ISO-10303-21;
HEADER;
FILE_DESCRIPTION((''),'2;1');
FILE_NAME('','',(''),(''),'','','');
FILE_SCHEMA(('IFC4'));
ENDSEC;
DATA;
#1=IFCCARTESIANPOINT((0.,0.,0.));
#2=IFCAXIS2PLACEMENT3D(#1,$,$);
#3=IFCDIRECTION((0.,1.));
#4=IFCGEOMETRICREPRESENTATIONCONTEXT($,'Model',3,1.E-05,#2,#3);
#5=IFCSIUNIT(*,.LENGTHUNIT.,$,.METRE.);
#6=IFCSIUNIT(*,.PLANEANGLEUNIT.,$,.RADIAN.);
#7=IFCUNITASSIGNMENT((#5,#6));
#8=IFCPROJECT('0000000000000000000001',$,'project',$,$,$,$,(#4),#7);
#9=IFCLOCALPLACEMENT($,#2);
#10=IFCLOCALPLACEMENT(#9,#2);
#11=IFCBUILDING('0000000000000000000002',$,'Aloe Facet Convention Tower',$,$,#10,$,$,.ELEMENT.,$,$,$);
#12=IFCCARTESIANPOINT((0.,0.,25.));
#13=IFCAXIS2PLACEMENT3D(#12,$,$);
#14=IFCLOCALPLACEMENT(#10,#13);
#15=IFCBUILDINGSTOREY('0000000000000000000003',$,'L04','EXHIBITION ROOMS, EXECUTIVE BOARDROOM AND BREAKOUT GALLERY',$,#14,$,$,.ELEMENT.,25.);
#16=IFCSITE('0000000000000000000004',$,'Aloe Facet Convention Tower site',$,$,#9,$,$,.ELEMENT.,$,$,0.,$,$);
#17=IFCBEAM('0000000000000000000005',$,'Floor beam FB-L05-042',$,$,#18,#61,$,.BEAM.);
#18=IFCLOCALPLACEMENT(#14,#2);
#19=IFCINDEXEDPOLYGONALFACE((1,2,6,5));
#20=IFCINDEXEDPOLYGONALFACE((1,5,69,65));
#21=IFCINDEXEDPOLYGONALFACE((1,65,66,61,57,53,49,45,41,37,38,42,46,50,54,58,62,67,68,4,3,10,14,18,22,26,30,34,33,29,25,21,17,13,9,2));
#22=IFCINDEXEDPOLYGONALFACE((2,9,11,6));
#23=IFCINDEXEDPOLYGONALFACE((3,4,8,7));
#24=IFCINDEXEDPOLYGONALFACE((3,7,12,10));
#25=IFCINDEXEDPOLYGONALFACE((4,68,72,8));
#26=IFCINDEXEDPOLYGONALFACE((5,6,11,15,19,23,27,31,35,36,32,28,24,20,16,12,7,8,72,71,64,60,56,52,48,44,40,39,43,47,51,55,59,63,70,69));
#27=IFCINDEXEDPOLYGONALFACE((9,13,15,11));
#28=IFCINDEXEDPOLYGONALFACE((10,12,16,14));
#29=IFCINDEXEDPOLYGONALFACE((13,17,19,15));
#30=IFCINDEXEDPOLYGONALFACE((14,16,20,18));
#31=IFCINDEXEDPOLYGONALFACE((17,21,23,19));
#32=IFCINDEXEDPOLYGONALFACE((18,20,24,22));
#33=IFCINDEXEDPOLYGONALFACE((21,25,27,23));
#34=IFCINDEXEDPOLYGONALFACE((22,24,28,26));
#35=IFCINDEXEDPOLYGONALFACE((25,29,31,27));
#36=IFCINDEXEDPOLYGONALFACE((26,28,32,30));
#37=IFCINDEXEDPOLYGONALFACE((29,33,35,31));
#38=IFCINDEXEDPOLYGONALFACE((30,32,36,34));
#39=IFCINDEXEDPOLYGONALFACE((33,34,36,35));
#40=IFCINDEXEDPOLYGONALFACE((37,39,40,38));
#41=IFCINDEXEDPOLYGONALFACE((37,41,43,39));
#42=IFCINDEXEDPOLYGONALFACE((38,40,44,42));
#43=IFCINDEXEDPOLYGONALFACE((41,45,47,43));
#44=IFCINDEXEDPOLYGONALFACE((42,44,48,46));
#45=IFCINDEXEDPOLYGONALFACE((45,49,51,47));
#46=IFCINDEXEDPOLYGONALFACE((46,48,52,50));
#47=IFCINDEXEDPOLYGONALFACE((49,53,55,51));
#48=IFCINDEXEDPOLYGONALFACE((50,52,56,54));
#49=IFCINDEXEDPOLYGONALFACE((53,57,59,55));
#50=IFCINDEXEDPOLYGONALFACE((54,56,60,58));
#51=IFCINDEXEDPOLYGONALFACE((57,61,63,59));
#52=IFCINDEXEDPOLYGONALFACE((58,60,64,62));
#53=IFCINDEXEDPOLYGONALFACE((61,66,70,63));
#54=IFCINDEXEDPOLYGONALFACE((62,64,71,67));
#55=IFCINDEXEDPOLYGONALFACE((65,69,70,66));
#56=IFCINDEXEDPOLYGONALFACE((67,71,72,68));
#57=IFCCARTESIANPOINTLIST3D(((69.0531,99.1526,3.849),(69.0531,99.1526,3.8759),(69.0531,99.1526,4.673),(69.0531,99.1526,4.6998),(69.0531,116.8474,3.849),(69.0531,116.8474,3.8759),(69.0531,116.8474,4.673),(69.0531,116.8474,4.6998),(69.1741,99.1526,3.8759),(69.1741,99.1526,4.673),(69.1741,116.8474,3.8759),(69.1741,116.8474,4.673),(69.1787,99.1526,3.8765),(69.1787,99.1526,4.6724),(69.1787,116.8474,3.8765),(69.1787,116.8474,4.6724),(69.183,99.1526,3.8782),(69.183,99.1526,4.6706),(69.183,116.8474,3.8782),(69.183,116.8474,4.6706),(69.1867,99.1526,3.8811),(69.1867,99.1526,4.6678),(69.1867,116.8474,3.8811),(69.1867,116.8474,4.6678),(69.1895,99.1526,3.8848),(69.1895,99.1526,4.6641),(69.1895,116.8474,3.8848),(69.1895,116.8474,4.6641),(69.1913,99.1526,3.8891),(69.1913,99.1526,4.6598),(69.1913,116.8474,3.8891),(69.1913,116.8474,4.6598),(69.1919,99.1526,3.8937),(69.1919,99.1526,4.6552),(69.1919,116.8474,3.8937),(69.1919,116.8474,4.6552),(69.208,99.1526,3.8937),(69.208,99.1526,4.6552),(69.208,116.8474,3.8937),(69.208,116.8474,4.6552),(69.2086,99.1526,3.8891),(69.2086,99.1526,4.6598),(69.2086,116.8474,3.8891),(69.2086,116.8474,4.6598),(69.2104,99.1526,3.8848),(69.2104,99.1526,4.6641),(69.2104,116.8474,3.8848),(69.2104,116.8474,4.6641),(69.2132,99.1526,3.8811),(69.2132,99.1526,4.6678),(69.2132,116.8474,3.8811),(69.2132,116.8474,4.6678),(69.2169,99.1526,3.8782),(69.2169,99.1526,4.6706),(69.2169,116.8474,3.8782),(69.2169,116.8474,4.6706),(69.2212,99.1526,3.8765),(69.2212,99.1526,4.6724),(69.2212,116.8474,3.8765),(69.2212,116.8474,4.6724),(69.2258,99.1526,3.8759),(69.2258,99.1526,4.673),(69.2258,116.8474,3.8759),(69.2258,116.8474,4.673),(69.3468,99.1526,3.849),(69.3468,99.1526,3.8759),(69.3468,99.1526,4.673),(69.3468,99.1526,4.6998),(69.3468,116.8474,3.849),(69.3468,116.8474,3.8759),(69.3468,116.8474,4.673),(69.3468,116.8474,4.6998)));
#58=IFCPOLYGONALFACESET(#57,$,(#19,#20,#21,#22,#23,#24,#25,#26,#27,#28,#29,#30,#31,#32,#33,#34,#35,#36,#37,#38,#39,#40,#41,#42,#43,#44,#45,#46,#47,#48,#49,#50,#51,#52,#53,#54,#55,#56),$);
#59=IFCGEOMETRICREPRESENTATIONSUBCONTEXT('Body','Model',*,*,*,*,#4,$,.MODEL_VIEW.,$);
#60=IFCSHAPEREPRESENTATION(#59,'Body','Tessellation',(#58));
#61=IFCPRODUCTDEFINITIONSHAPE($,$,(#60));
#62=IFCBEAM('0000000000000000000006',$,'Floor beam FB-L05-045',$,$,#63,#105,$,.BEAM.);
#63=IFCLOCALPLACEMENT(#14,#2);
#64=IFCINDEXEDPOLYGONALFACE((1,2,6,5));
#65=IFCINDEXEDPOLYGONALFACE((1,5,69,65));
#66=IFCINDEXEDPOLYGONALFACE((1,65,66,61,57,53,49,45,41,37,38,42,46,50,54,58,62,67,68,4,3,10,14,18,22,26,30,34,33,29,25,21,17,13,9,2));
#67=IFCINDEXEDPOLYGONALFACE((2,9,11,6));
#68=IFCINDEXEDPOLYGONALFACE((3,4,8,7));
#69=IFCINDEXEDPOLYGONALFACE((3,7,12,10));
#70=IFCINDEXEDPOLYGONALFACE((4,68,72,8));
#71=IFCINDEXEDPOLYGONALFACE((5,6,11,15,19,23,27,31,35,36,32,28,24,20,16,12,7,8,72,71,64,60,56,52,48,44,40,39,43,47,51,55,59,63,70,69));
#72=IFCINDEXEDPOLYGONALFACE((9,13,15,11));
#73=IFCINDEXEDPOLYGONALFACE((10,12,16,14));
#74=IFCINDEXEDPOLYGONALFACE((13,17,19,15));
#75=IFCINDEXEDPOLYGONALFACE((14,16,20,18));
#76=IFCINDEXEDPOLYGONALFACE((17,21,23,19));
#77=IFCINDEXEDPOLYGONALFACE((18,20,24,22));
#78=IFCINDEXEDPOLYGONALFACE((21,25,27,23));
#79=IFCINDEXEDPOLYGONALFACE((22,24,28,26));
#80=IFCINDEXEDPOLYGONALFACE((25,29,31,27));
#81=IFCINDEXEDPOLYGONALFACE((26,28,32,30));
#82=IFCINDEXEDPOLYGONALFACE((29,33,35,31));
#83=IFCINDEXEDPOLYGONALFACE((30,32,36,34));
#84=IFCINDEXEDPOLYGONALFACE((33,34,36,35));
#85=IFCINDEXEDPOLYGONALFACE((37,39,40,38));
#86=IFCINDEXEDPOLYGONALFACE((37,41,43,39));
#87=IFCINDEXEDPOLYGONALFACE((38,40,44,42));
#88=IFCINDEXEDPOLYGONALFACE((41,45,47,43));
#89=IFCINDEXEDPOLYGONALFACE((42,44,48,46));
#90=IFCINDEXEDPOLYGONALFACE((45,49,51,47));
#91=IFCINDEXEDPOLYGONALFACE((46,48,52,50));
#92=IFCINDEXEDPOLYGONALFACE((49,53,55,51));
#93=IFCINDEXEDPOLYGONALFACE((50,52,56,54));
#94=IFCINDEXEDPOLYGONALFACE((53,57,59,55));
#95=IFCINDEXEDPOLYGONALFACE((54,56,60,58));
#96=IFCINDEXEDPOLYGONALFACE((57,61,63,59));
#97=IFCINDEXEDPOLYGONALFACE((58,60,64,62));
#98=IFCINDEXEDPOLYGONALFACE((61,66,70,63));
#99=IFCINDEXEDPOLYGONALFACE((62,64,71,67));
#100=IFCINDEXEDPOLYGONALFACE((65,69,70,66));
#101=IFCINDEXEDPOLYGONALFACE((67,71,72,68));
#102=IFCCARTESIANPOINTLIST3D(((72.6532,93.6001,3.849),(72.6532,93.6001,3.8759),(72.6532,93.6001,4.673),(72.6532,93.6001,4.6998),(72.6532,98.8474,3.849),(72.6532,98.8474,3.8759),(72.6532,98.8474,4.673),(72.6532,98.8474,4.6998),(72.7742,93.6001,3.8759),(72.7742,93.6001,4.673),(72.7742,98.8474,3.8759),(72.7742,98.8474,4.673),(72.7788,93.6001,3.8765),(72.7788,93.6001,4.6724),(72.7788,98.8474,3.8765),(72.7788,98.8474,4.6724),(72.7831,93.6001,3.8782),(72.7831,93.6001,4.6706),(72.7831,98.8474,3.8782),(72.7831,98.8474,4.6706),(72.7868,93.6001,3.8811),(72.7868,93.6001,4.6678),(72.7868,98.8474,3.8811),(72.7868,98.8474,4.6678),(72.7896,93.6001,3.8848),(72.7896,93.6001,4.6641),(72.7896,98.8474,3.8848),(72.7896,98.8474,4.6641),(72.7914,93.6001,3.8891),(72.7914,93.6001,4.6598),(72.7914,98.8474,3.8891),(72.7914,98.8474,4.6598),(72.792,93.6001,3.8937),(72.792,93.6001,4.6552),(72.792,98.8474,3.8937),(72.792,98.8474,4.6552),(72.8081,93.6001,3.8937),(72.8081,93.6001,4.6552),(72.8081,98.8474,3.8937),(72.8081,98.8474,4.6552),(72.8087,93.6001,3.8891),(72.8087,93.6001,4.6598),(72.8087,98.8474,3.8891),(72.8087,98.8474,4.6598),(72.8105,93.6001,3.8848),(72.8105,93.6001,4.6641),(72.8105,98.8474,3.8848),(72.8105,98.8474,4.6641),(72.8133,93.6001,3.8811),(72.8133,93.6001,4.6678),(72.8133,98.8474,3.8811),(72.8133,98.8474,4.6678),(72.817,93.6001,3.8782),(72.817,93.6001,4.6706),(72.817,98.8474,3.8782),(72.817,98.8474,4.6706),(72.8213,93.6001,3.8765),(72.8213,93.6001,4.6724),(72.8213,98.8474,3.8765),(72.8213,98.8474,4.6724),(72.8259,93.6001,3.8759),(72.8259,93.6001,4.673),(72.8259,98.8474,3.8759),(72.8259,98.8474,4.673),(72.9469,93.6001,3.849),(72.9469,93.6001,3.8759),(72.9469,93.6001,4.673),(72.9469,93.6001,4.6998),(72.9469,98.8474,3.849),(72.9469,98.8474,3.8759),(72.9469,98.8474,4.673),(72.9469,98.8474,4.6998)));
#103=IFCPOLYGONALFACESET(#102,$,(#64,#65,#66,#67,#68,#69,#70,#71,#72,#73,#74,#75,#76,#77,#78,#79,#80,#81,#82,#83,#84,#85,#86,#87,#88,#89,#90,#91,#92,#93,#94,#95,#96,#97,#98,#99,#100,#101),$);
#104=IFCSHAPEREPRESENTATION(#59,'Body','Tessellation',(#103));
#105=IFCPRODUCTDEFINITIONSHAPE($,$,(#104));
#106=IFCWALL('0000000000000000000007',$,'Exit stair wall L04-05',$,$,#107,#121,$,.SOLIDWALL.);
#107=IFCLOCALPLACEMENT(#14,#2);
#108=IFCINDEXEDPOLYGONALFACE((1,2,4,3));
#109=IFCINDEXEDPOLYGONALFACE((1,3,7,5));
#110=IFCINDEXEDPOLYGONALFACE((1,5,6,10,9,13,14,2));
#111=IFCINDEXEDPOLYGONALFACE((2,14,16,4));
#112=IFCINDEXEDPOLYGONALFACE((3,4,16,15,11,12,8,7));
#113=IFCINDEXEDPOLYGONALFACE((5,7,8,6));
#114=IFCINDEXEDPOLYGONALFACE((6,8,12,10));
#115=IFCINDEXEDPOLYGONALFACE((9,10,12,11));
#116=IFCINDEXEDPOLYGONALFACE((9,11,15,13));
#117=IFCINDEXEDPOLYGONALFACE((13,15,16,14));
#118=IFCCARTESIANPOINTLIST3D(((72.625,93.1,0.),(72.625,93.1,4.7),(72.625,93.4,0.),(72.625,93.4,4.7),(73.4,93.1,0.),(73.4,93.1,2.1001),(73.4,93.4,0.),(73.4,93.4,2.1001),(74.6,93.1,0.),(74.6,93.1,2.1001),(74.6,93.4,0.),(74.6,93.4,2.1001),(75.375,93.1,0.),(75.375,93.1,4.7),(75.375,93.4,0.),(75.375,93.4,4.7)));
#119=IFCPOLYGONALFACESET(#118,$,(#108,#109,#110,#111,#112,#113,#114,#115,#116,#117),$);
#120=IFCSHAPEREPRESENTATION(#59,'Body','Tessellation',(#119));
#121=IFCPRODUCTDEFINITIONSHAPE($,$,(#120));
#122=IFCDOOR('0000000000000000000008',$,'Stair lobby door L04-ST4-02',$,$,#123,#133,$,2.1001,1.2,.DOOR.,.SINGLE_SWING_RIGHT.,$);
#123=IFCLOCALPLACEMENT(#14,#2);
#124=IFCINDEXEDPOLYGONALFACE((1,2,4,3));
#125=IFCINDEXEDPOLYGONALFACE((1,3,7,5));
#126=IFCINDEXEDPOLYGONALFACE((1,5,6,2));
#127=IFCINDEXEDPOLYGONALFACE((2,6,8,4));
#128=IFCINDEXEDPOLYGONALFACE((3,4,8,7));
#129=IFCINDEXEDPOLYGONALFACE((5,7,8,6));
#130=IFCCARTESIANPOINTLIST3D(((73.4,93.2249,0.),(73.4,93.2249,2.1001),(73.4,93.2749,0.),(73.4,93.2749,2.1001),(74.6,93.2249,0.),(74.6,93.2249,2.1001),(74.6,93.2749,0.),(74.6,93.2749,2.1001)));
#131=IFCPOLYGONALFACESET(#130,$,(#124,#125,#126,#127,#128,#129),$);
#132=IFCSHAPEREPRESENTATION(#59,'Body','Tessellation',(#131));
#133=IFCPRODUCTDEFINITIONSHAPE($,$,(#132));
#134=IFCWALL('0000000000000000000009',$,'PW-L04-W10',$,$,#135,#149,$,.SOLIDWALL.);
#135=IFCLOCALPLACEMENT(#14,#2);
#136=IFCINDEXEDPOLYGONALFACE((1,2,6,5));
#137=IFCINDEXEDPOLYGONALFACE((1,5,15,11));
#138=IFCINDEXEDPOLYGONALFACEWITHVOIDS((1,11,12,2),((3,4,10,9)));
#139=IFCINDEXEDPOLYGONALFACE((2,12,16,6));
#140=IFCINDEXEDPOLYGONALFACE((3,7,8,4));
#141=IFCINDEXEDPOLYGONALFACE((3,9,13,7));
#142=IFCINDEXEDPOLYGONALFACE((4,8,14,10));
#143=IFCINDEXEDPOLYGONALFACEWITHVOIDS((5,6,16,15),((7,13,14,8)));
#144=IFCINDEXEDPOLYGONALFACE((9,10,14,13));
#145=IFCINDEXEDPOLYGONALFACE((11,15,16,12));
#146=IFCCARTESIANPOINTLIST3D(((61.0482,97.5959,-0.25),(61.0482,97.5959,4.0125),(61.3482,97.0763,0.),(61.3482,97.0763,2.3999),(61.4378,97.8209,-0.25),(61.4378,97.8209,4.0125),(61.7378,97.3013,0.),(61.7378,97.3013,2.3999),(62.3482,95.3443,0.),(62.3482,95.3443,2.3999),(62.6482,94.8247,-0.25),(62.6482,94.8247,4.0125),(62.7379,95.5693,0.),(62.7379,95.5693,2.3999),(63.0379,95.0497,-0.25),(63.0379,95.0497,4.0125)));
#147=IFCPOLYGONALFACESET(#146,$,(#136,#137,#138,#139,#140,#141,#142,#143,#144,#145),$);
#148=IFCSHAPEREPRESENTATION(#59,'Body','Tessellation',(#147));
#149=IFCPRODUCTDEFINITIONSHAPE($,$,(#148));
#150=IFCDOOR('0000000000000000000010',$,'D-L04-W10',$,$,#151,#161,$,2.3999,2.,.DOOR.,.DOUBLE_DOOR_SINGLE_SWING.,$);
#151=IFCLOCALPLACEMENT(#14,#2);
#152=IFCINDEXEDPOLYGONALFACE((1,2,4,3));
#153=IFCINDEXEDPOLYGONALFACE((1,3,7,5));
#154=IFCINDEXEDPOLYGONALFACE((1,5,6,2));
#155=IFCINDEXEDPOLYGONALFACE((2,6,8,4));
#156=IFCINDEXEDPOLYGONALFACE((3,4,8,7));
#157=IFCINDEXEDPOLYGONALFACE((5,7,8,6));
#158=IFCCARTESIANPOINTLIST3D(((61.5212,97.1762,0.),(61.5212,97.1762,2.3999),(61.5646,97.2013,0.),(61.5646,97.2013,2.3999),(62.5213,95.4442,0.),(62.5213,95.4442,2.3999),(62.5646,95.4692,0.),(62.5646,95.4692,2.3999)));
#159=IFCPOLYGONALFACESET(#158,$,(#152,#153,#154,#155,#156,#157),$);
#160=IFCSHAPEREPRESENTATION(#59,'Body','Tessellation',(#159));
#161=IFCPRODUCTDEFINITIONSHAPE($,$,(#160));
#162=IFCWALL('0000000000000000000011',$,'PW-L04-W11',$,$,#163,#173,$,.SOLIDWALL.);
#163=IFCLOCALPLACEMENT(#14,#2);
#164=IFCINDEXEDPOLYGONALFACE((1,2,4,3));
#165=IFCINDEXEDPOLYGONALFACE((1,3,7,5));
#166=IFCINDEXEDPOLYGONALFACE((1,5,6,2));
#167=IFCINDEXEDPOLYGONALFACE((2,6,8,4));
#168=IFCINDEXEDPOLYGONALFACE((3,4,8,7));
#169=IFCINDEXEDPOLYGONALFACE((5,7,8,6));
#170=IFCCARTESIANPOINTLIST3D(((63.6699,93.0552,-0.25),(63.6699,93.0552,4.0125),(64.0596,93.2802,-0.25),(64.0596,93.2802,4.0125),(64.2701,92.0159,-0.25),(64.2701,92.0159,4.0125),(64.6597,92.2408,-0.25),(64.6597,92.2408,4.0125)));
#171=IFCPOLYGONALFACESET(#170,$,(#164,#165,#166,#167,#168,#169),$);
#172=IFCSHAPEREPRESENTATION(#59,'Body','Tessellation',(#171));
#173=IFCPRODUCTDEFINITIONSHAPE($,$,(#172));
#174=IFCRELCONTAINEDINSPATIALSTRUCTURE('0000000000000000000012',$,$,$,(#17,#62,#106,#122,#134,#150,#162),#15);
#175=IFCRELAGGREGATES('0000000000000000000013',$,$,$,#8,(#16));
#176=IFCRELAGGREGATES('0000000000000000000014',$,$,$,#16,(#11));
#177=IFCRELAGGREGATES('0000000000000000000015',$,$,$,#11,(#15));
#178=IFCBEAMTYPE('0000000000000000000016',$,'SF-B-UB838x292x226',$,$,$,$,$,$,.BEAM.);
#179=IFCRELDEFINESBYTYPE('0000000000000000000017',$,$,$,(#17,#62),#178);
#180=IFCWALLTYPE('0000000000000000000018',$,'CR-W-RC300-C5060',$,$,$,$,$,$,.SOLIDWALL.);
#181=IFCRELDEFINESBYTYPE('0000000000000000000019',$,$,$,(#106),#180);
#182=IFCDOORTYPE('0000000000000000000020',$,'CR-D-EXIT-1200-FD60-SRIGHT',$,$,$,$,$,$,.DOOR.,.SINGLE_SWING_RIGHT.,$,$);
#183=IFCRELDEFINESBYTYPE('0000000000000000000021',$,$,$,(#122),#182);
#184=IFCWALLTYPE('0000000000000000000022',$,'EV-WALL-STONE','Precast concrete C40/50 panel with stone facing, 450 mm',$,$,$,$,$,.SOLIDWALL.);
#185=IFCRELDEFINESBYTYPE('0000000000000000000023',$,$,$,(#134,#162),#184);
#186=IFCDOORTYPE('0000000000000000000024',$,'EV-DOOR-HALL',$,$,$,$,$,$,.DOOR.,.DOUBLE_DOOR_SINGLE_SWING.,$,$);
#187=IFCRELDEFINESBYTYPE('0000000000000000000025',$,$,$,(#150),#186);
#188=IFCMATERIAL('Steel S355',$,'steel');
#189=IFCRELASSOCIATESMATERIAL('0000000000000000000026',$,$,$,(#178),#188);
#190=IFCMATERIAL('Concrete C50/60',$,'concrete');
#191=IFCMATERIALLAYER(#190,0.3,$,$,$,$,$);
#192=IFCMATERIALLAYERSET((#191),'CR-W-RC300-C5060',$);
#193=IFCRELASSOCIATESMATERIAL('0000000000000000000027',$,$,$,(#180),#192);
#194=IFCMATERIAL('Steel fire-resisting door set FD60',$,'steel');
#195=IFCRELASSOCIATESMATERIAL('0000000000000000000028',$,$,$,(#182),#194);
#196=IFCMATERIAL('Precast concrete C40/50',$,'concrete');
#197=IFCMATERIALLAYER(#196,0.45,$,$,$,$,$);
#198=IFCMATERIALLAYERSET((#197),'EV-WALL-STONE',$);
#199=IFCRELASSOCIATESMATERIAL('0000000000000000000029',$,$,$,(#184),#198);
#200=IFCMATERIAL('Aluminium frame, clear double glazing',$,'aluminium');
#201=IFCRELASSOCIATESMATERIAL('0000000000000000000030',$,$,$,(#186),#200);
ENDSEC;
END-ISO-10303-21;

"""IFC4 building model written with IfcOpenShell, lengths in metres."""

from ifc_helpers import new_model, si_unit, direction, frame, frame_2d, origin, origin_2d, place, context, subcontext, project, spatial, rectangle, i_section, extrude, material, layer, layer_set, material_profile, profile_set, type_object, element, fill, save


model = new_model("IFC4")

# Units and contexts
model_context = context("Model", 3, precision=1e-05, world=origin(), true_north=direction((0.0, 1.0)))
body_context = subcontext(model_context, "Body", "Model", "MODEL_VIEW")
ifc_project = project(units=[si_unit("LENGTHUNIT", "METRE"), si_unit("PLANEANGLEUNIT", "RADIAN")], contexts=[model_context])

# Site, building, storey
site_placement = place(None, origin())
site = spatial("IfcSite", under=ifc_project, at=site_placement, Name="Aloe Facet Convention Tower site", CompositionType="ELEMENT", RefElevation=0.0)
building_placement = place(site_placement, origin())
building = spatial("IfcBuilding", under=site, at=building_placement, Name="Aloe Facet Convention Tower", CompositionType="ELEMENT")
storey_placement = place(building_placement, frame((0.0, 0.0, 25.0)))
storey = spatial("IfcBuildingStorey", under=building, at=storey_placement, Name="L04", Description="EXHIBITION ROOMS, EXECUTIVE BOARDROOM AND BREAKOUT GALLERY", CompositionType="ELEMENT", Elevation=25.0)

# Beams
ifc_material_1 = material(Name="Steel S355", Category="steel")
ifc_material_profile_1 = material_profile(ifc_material_1, i_section(OverallWidth=0.2937, OverallDepth=0.8508, WebThickness=0.0161, FlangeThickness=0.0269, FilletRadius=0.0178, at=origin_2d()), Name="UB 838x292x226")
ifc_profile_set_1 = profile_set([ifc_material_profile_1], Name="Steel S355")
beam_type_1 = type_object("IfcBeamType", Name="SF-B-UB838x292x226", PredefinedType="BEAM", material=ifc_profile_set_1)
beam_1_placement = place(storey_placement, frame((69.2, 99.1526, 4.2744), z_axis=(0.0, 1.0, 0.0), x_axis=(-1.0, 0.0, 0.0)))
element("IfcBeam", 1, at=beam_1_placement, inside=storey, type_object=beam_type_1, Name="Floor beam FB-L05-042", PredefinedType="BEAM", context=body_context, shape_type="SweptSolid", body=[
    extrude(i_section(OverallWidth=0.2937, OverallDepth=0.8508, WebThickness=0.0161, FlangeThickness=0.0269, FilletRadius=0.0178, at=origin_2d()), origin(), (0.0, 0.0, 1.0), 17.6948),
])
beam_2_placement = place(storey_placement, frame((72.8, 93.6001, 4.2744), z_axis=(0.0, 1.0, 0.0), x_axis=(-1.0, 0.0, 0.0)))
element("IfcBeam", 2, at=beam_2_placement, inside=storey, type_object=beam_type_1, Name="Floor beam FB-L05-045", PredefinedType="BEAM", context=body_context, shape_type="SweptSolid", body=[
    extrude(i_section(OverallWidth=0.2937, OverallDepth=0.8508, WebThickness=0.0161, FlangeThickness=0.0269, FilletRadius=0.0178, at=origin_2d()), origin(), (0.0, 0.0, 1.0), 5.2473),
])

# Walls, openings, doors
ifc_material_2 = material(Name="Concrete C50/60", Category="concrete")
ifc_layer_1 = layer(ifc_material_2, 0.3)
ifc_layer_set_1 = layer_set([ifc_layer_1], Name="CR-W-RC300-C5060")
wall_type_1 = type_object("IfcWallType", Name="CR-W-RC300-C5060", PredefinedType="SOLIDWALL", material=ifc_layer_set_1)
wall_1_placement = place(storey_placement, frame((72.625, 93.25, 0.0), z_axis=(0.0, 0.0, 1.0), x_axis=(1.0, 0.0, 0.0)))
wall_1 = element("IfcWall", 3, at=wall_1_placement, inside=storey, type_object=wall_type_1, Name="Exit stair wall L04-05", PredefinedType="SOLIDWALL", context=body_context, shape_type="SweptSolid", body=[
    extrude(rectangle(XDim=2.75, YDim=0.3, at=frame_2d((1.375, 0.0))), origin(), (0.0, 0.0, 1.0), 4.7),
])
opening_1_placement = place(wall_1_placement, frame((0.7749, 0.0, 0.0)))
opening_1 = element("IfcOpeningElement", 4, at=opening_1_placement, cuts=wall_1, PredefinedType="OPENING", context=body_context, shape_type="SweptSolid", body=[
    extrude(rectangle(XDim=1.2, YDim=2.1001, at=frame_2d((0.6001, 1.05))), frame((0.0, 0.1602, 0.0), z_axis=(0.0, -1.0, 0.0), x_axis=(1.0, 0.0, 0.0)), (0.0, 0.0, 1.0), 0.3201),
])
ifc_material_3 = material(Name="Steel fire-resisting door set FD60", Category="steel")
door_type_1 = type_object("IfcDoorType", Name="CR-D-EXIT-1200-FD60-SRIGHT", OperationType="SINGLE_SWING_RIGHT", PredefinedType="DOOR", material=ifc_material_3)
door_1_placement = place(opening_1_placement, origin())
door_1 = element("IfcDoor", 5, at=door_1_placement, inside=storey, type_object=door_type_1, Name="Stair lobby door L04-ST4-02", OperationType="SINGLE_SWING_RIGHT", OverallHeight=2.1001, OverallWidth=1.2, PredefinedType="DOOR", context=body_context, shape_type="SweptSolid", body=[
    extrude(rectangle(XDim=1.2, YDim=2.1001, at=frame_2d((0.6001, 1.05))), frame((0.0, 0.0249, 0.0), z_axis=(0.0, -1.0, 0.0), x_axis=(1.0, 0.0, 0.0)), (0.0, 0.0, 1.0), 0.05),
])
fill(opening_1, door_1)
ifc_material_4 = material(Name="Precast concrete C40/50", Category="concrete")
ifc_layer_2 = layer(ifc_material_4, 0.45)
ifc_layer_set_2 = layer_set([ifc_layer_2], Name="EV-WALL-STONE")
wall_type_2 = type_object("IfcWallType", Name="EV-WALL-STONE", Description="Precast concrete C40/50 panel with stone facing, 450 mm", PredefinedType="SOLIDWALL", material=ifc_layer_set_2)
wall_2_placement = place(storey_placement, frame((61.2429, 97.7085, -0.25), z_axis=(0.0, 0.0, 1.0), x_axis=(0.500028, -0.866009, 0.0)))
wall_2 = element("IfcWall", 6, at=wall_2_placement, inside=storey, type_object=wall_type_2, Name="PW-L04-W10", PredefinedType="SOLIDWALL", context=body_context, shape_type="SweptSolid", body=[
    extrude(rectangle(XDim=3.2, YDim=0.45, at=frame_2d((1.6001, 0.0))), origin(), (0.0, 0.0, 1.0), 4.2625),
])
opening_2_placement = place(wall_2_placement, frame((0.6001, 0.0, 0.25)))
opening_2 = element("IfcOpeningElement", 7, at=opening_2_placement, cuts=wall_2, PredefinedType="OPENING", context=body_context, shape_type="SweptSolid", body=[
    extrude(rectangle(XDim=2.0, YDim=2.3999, at=frame_2d((1.0, 1.2))), frame((0.0, 0.2349, 0.0), z_axis=(0.0, -1.0, 0.0), x_axis=(1.0, 0.0, 0.0)), (0.0, 0.0, 1.0), 0.47),
])
ifc_material_5 = material(Name="Aluminium frame, clear double glazing", Category="aluminium")
door_type_2 = type_object("IfcDoorType", Name="EV-DOOR-HALL", OperationType="DOUBLE_DOOR_SINGLE_SWING", PredefinedType="DOOR", material=ifc_material_5)
door_2_placement = place(opening_2_placement, origin())
door_2 = element("IfcDoor", 8, at=door_2_placement, inside=storey, type_object=door_type_2, Name="D-L04-W10", OperationType="DOUBLE_DOOR_SINGLE_SWING", OverallHeight=2.3999, OverallWidth=2.0, PredefinedType="DOOR", context=body_context, shape_type="SweptSolid", body=[
    extrude(rectangle(XDim=2.0, YDim=2.3999, at=frame_2d((1.0, 1.2))), frame((0.0, 0.0249, 0.0), z_axis=(0.0, -1.0, 0.0), x_axis=(1.0, 0.0, 0.0)), (0.0, 0.0, 1.0), 0.05),
])
fill(opening_2, door_2)

# Wall
wall_3_placement = place(storey_placement, frame((63.8647, 93.1677, -0.25), z_axis=(0.0, 0.0, 1.0), x_axis=(0.500034, -0.866006, 0.0)))
element("IfcWall", 9, at=wall_3_placement, inside=storey, type_object=wall_type_2, Name="PW-L04-W11", PredefinedType="SOLIDWALL", context=body_context, shape_type="SweptSolid", body=[
    extrude(rectangle(XDim=1.2002, YDim=0.45, at=frame_2d((0.6001, 0.0))), origin(), (0.0, 0.0, 1.0), 4.2625),
])

save(model, "model.ifc")
